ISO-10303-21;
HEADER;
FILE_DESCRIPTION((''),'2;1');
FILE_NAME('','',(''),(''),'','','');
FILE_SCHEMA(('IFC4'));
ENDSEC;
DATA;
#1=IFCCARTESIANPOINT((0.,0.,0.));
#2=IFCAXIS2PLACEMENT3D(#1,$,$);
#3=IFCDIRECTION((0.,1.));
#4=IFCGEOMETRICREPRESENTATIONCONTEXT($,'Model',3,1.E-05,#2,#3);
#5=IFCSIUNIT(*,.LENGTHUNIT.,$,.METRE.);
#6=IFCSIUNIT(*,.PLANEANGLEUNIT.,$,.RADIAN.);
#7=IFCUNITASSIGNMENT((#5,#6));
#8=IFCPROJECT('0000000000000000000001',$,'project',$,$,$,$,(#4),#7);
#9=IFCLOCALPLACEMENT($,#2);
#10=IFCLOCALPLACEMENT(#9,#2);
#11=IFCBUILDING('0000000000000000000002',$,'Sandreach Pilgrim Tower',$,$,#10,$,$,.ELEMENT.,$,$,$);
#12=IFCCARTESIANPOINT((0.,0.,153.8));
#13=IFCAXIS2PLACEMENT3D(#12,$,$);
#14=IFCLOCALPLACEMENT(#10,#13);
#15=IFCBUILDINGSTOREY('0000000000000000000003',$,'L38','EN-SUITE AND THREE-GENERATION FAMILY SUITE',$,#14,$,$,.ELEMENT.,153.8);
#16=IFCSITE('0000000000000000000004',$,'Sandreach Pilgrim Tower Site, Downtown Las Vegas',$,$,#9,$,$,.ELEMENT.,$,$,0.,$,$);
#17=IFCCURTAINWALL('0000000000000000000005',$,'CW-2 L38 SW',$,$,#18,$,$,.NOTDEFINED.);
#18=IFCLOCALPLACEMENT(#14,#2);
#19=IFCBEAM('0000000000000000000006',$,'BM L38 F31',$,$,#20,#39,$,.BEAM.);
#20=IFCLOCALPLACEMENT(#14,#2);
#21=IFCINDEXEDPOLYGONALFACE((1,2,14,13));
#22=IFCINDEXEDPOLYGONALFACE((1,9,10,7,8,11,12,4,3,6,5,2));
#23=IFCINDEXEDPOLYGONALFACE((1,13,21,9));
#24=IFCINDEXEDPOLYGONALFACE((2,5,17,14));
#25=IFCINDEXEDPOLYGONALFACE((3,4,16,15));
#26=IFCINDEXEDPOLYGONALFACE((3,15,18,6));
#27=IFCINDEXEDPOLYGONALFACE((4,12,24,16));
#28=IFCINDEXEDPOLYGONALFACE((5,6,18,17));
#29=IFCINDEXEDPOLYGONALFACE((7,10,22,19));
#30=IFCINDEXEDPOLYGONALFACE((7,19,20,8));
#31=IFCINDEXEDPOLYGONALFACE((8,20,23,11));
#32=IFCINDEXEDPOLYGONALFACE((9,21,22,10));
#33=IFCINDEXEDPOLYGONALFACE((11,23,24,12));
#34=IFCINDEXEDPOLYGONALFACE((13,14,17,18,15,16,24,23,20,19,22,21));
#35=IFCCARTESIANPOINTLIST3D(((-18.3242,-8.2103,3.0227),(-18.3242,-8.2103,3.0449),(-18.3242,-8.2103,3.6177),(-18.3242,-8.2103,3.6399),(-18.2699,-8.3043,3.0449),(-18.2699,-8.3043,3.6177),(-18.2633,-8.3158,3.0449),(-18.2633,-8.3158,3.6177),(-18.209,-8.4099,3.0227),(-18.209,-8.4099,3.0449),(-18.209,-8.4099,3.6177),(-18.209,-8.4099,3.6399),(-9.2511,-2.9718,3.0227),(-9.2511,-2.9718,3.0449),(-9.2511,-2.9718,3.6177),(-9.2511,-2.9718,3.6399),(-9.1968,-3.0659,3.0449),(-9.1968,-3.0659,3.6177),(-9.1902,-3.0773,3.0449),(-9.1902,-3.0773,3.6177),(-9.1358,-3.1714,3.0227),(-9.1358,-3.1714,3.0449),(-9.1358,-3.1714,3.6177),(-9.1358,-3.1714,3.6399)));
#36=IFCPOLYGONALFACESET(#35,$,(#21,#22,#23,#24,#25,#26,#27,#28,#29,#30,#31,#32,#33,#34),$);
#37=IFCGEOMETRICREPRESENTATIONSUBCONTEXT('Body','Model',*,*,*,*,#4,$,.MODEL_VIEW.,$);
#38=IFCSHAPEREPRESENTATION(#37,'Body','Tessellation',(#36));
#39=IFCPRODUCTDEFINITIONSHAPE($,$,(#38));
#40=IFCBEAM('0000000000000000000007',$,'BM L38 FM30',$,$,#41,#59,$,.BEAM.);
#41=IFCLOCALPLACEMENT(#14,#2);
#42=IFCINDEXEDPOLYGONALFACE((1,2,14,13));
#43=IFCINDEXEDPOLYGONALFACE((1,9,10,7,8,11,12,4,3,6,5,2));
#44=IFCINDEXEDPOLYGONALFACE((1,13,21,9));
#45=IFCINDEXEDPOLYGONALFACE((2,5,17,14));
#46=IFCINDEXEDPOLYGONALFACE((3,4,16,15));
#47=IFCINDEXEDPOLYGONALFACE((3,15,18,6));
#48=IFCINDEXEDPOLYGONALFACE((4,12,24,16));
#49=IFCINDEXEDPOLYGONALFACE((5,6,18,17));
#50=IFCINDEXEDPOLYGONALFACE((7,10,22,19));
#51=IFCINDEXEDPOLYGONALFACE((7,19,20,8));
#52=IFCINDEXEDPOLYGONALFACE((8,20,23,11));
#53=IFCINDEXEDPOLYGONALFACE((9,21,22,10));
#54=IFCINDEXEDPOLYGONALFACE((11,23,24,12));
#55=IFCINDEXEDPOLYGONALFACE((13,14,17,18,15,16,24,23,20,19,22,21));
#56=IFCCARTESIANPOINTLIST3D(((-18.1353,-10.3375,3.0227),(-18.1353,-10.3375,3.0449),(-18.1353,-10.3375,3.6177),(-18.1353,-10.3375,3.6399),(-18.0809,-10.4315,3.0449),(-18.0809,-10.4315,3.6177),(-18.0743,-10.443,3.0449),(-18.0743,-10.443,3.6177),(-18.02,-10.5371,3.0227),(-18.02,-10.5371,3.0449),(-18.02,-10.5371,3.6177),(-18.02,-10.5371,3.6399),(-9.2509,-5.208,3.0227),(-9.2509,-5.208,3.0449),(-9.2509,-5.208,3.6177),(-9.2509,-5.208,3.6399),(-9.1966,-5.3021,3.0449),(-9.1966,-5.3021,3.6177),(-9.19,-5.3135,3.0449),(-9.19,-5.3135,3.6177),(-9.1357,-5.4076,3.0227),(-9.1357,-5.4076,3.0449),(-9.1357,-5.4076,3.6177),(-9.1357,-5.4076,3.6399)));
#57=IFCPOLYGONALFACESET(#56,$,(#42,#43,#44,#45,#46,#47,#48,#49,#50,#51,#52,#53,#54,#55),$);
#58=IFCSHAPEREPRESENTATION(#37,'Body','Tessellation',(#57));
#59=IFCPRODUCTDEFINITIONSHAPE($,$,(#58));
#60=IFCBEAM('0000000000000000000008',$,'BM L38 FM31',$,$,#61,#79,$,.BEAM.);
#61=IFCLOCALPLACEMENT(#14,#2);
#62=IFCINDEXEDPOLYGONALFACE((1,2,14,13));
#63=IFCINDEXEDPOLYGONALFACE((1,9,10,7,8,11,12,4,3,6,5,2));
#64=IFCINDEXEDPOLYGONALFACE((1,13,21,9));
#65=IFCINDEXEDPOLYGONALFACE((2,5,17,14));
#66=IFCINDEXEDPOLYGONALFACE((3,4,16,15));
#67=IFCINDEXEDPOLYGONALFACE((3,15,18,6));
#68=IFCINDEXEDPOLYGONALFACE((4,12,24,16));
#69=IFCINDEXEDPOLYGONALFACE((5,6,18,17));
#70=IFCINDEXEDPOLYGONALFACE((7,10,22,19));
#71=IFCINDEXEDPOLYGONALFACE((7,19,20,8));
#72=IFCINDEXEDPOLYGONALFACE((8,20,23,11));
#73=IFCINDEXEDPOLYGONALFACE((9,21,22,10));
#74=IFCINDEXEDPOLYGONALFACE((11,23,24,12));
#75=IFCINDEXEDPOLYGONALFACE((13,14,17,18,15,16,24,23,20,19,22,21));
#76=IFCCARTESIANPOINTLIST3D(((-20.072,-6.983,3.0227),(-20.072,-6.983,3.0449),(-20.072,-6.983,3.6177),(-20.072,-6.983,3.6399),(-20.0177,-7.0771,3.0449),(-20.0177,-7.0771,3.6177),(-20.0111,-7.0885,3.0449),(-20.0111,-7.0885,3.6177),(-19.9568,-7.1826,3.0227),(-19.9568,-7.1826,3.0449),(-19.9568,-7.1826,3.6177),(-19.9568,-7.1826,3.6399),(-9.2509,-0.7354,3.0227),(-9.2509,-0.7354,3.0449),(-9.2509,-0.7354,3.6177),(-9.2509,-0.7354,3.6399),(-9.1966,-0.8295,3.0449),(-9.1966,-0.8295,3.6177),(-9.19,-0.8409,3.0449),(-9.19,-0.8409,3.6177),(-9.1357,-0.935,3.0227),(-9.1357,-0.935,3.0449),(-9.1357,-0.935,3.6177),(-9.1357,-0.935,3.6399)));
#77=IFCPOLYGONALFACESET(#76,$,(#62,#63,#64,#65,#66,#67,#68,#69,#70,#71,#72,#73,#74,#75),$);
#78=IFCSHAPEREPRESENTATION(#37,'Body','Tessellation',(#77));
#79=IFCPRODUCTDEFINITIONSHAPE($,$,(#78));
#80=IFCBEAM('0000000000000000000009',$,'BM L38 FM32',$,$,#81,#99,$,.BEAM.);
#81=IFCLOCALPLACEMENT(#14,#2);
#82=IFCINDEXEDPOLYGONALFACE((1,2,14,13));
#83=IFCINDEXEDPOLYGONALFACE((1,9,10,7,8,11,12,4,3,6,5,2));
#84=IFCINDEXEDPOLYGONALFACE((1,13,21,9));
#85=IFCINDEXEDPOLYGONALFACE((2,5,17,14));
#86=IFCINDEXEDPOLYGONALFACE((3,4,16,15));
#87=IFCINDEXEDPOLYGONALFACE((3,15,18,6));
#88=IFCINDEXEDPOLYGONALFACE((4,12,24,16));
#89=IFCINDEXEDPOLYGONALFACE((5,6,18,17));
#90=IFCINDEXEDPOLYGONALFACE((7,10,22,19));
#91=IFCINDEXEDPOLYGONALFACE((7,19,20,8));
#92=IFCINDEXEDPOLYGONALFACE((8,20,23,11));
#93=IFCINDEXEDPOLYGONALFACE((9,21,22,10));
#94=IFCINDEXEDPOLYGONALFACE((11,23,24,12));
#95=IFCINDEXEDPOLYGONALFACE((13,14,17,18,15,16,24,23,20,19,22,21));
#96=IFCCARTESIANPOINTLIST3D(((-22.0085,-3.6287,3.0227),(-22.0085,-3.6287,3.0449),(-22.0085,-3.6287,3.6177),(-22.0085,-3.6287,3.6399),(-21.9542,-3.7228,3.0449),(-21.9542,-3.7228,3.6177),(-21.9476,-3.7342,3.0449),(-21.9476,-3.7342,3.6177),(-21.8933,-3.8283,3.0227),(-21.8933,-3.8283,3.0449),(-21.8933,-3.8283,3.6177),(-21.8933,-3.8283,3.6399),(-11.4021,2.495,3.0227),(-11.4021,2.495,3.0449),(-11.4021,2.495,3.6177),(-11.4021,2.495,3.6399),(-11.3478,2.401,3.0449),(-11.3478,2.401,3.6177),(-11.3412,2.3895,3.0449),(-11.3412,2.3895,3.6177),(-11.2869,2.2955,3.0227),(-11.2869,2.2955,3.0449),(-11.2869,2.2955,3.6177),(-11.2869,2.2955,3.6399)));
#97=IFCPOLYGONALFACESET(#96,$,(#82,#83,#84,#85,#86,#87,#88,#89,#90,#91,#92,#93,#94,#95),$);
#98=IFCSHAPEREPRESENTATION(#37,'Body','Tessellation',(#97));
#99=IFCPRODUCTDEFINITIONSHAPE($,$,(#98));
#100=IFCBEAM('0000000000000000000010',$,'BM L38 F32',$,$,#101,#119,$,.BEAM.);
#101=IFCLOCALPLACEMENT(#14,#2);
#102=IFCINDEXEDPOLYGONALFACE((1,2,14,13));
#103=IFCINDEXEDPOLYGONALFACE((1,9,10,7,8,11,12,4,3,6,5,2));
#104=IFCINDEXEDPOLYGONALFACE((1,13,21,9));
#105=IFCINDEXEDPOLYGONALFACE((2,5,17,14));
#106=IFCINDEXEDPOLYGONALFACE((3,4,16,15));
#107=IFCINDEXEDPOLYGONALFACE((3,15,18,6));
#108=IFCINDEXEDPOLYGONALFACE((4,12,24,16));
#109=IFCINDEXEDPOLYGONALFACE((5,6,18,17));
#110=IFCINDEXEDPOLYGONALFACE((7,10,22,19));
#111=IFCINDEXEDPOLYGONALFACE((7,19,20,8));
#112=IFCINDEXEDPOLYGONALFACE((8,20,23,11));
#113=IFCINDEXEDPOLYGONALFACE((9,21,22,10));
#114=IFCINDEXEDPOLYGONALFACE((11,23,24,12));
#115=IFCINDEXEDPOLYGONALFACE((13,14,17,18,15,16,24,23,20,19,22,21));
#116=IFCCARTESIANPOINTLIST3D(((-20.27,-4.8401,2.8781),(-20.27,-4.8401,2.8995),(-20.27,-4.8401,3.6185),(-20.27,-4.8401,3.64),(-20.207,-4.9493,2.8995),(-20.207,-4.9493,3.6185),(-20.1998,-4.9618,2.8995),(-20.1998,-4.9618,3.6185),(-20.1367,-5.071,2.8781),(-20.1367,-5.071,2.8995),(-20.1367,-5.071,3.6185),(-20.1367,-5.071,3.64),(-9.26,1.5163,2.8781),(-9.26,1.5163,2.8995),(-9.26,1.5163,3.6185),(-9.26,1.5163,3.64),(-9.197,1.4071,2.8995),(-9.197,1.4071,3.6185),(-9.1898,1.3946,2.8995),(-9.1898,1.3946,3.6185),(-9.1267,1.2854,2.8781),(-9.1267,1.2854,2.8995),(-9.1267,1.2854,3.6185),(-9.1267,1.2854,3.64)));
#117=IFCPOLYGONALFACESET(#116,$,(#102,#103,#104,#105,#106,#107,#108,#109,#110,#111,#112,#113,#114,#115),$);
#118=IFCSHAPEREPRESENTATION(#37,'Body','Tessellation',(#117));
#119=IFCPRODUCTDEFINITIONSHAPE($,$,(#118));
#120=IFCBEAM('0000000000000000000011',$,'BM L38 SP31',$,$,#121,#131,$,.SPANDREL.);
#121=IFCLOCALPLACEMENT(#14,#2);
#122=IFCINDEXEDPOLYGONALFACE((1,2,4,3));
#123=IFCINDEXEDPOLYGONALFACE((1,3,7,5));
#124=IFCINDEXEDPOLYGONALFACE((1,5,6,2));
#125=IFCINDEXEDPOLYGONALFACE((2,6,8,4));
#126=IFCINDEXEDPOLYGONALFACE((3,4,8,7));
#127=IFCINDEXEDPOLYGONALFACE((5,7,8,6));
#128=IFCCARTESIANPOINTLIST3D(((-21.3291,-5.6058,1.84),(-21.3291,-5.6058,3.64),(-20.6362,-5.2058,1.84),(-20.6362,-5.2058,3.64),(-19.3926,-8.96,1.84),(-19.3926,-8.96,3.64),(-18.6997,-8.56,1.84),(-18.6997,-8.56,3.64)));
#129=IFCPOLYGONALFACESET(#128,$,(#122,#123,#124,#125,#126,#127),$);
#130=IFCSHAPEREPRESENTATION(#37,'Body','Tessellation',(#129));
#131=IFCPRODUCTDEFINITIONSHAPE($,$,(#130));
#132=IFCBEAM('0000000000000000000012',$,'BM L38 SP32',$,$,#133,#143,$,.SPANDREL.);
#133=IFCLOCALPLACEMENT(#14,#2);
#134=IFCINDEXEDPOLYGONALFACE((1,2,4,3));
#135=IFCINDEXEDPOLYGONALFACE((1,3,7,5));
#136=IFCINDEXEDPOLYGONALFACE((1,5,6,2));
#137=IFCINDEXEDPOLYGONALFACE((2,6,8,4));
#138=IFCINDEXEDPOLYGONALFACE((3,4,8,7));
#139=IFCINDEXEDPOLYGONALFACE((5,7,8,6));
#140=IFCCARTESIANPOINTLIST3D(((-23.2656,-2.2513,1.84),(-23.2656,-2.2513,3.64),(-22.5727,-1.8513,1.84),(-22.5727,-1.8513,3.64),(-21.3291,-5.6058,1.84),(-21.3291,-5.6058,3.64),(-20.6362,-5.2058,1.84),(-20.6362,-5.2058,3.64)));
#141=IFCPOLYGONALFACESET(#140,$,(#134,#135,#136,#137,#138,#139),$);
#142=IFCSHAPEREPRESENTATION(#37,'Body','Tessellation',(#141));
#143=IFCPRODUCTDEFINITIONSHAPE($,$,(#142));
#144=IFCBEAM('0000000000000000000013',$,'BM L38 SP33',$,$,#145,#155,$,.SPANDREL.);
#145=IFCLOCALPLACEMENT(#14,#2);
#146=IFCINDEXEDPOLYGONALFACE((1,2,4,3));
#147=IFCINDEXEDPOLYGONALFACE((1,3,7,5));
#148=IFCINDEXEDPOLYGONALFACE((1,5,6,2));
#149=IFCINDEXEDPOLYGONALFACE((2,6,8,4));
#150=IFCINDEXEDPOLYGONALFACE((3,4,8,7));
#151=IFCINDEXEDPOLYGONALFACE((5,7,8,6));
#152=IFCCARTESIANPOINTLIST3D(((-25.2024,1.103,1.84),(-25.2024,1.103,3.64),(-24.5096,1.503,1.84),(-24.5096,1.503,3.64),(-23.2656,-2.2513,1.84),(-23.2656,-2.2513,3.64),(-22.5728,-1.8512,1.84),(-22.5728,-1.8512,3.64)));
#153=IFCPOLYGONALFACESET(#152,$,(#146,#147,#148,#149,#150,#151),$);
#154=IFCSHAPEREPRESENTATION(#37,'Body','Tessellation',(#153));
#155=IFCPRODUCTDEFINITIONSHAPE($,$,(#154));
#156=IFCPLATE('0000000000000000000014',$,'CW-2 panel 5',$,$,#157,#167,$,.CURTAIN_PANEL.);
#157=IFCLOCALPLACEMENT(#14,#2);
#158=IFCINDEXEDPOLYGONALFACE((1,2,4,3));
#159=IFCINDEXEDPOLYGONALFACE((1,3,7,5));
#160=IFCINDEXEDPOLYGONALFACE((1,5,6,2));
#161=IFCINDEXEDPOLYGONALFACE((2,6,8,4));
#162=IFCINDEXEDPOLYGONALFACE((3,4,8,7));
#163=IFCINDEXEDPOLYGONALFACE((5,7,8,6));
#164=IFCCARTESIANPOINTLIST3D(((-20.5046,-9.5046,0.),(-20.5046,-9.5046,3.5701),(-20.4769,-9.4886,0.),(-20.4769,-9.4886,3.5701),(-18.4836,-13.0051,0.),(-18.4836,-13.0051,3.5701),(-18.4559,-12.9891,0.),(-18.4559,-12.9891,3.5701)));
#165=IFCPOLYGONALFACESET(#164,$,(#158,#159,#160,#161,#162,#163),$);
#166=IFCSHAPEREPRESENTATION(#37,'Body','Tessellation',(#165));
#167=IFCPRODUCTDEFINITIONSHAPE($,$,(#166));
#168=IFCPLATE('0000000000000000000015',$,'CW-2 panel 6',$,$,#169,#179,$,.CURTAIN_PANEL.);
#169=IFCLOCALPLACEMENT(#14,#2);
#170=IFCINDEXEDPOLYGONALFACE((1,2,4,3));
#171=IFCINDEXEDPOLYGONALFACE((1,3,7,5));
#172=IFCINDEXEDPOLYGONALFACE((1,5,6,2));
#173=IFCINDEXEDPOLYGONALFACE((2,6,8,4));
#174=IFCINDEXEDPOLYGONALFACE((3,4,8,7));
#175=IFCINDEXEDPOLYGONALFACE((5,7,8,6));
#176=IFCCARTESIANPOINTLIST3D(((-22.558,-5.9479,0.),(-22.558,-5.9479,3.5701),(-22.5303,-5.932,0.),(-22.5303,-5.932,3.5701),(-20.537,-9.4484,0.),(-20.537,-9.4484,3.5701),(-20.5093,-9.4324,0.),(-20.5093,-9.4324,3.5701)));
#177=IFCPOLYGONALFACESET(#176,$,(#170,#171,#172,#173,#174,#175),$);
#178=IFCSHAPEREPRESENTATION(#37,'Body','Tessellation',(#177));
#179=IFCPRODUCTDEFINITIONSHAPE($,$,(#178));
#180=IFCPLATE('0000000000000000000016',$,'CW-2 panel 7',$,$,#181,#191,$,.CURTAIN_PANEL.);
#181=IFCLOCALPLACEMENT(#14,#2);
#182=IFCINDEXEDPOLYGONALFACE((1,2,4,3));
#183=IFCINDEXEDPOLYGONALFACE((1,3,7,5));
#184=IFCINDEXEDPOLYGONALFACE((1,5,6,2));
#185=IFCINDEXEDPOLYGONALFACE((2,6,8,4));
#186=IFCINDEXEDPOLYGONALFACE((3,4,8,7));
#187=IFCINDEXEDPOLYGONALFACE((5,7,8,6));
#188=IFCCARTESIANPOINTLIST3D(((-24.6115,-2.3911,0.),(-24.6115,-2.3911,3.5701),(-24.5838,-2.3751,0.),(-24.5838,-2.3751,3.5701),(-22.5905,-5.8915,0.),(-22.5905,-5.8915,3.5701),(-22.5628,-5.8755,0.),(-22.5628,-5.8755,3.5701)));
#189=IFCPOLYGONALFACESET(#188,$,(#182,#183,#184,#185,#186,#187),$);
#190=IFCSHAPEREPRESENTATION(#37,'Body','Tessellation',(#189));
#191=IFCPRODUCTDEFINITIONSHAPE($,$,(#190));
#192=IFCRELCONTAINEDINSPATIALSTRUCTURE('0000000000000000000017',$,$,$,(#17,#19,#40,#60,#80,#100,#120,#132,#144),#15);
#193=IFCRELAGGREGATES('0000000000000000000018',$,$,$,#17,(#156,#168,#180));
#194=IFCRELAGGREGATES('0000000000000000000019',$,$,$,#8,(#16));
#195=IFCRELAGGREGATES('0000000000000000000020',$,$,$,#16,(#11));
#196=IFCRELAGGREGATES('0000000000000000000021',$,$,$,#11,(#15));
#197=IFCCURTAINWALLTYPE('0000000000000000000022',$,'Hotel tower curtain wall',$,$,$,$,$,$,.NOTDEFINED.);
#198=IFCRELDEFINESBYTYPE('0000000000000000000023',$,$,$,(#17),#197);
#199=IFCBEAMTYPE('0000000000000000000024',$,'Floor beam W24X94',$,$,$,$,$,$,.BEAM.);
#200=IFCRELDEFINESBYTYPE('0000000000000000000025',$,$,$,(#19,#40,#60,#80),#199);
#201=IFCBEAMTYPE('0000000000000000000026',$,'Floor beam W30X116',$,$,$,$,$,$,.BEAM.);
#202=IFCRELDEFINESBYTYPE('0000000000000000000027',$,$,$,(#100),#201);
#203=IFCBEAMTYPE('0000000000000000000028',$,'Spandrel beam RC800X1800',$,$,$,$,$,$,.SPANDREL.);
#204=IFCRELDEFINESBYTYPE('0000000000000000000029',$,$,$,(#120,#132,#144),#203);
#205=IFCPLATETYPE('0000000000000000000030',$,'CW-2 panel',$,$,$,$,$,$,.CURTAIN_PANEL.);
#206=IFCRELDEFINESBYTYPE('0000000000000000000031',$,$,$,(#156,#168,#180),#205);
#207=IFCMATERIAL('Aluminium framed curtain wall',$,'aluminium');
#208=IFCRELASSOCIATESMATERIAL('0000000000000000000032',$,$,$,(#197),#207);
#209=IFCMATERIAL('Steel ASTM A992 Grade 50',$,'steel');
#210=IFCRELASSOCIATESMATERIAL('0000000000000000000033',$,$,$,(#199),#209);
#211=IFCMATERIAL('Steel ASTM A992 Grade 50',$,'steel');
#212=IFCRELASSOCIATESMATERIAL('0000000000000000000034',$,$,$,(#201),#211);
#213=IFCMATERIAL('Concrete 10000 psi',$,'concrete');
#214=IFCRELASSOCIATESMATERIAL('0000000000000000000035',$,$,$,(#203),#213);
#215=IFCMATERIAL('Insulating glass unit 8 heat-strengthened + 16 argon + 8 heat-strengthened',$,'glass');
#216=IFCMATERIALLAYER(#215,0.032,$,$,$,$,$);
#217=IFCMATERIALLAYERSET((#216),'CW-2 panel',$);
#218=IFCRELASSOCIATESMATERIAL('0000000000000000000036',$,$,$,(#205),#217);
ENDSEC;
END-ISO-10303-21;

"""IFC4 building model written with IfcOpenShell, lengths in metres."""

from ifc_helpers import new_model, si_unit, direction, frame, origin, origin_2d, place, context, subcontext, project, spatial, rectangle, i_section, extrude, material, layer, layer_set, material_profile, profile_set, type_object, element, aggregate, save


model = new_model("IFC4")

# Units and contexts
model_context = context("Model", 3, precision=1e-05, world=origin(), true_north=direction((0.0, 1.0)))
body_context = subcontext(model_context, "Body", "Model", "MODEL_VIEW")
ifc_project = project(units=[si_unit("LENGTHUNIT", "METRE"), si_unit("PLANEANGLEUNIT", "RADIAN")], contexts=[model_context])

# Site, building, storey
site_placement = place(None, origin())
site = spatial("IfcSite", under=ifc_project, at=site_placement, Name="Sandreach Pilgrim Tower Site, Downtown Las Vegas", CompositionType="ELEMENT", RefElevation=0.0)
building_placement = place(site_placement, origin())
building = spatial("IfcBuilding", under=site, at=building_placement, Name="Sandreach Pilgrim Tower", CompositionType="ELEMENT")
storey_placement = place(building_placement, frame((0.0, 0.0, 153.8)))
storey = spatial("IfcBuildingStorey", under=building, at=storey_placement, Name="L38", Description="EN-SUITE AND THREE-GENERATION FAMILY SUITE", CompositionType="ELEMENT", Elevation=153.8)

# Curtain wall
ifc_material_1 = material(Name="Aluminium framed curtain wall", Category="aluminium")
curtain_wall_type = type_object("IfcCurtainWallType", Name="Hotel tower curtain wall", PredefinedType="NOTDEFINED", material=ifc_material_1)
curtain_wall_placement = place(storey_placement, origin())
curtain_wall = element("IfcCurtainWall", 1, at=curtain_wall_placement, inside=storey, type_object=curtain_wall_type, Name="CW-2 L38 SW", PredefinedType="NOTDEFINED")

# Beams
ifc_material_2 = material(Name="Steel ASTM A992 Grade 50", Category="steel")
ifc_material_profile_1 = material_profile(ifc_material_2, i_section(OverallWidth=0.2305, OverallDepth=0.6172, WebThickness=0.0132, FlangeThickness=0.0222, at=origin_2d()), Name="W24X94")
ifc_profile_set_1 = profile_set([ifc_material_profile_1], Name="Steel ASTM A992 Grade 50")
beam_type_1 = type_object("IfcBeamType", Name="Floor beam W24X94", PredefinedType="BEAM", material=ifc_profile_set_1)
beam_1_placement = place(storey_placement, frame((-18.2666, -8.3101, 3.3313), z_axis=(0.866022, 0.500006, 0.0), x_axis=(-0.500006, 0.866022, 0.0)))
element("IfcBeam", 2, at=beam_1_placement, inside=storey, type_object=beam_type_1, Name="BM L38 F31", PredefinedType="BEAM", context=body_context, shape_type="SweptSolid", body=[
    extrude(i_section(OverallWidth=0.2305, OverallDepth=0.6172, WebThickness=0.0132, FlangeThickness=0.0222, at=origin_2d()), origin(), (0.0, 0.0, 1.0), 10.4768),
])
beam_2_placement = place(storey_placement, frame((-18.0776, -10.4373, 3.3313), z_axis=(0.866023, 0.500004, 0.0), x_axis=(-0.500004, 0.866023, 0.0)))
element("IfcBeam", 3, at=beam_2_placement, inside=storey, type_object=beam_type_1, Name="BM L38 FM30", PredefinedType="BEAM", context=body_context, shape_type="SweptSolid", body=[
    extrude(i_section(OverallWidth=0.2305, OverallDepth=0.6172, WebThickness=0.0132, FlangeThickness=0.0222, at=origin_2d()), origin(), (0.0, 0.0, 1.0), 10.2588),
])
beam_3_placement = place(storey_placement, frame((-20.0144, -7.0828, 3.3313), z_axis=(0.866025, 0.500002, 0.0), x_axis=(-0.500002, 0.866025, 0.0)))
element("IfcBeam", 4, at=beam_3_placement, inside=storey, type_object=beam_type_1, Name="BM L38 FM31", PredefinedType="BEAM", context=body_context, shape_type="SweptSolid", body=[
    extrude(i_section(OverallWidth=0.2305, OverallDepth=0.6172, WebThickness=0.0132, FlangeThickness=0.0222, at=origin_2d()), origin(), (0.0, 0.0, 1.0), 12.4951),
])
beam_4_placement = place(storey_placement, frame((-21.9509, -3.7285, 3.3313), z_axis=(0.86602, 0.500009, 0.0), x_axis=(-0.500009, 0.86602, 0.0)))
element("IfcBeam", 5, at=beam_4_placement, inside=storey, type_object=beam_type_1, Name="BM L38 FM32", PredefinedType="BEAM", context=body_context, shape_type="SweptSolid", body=[
    extrude(i_section(OverallWidth=0.2305, OverallDepth=0.6172, WebThickness=0.0132, FlangeThickness=0.0222, at=origin_2d()), origin(), (0.0, 0.0, 1.0), 12.2473),
])
ifc_material_3 = material(Name="Steel ASTM A992 Grade 50", Category="steel")
ifc_material_profile_2 = material_profile(ifc_material_3, i_section(OverallWidth=0.2666, OverallDepth=0.762, WebThickness=0.0144, FlangeThickness=0.0215, at=origin_2d()), Name="W30X116")
ifc_profile_set_2 = profile_set([ifc_material_profile_2], Name="Steel ASTM A992 Grade 50")
beam_type_2 = type_object("IfcBeamType", Name="Floor beam W30X116", PredefinedType="BEAM", material=ifc_profile_set_2)
beam_5_placement = place(storey_placement, frame((-20.2034, -4.9556, 3.259), z_axis=(0.866032, 0.499989, 0.0), x_axis=(-0.499989, 0.866032, 0.0)))
element("IfcBeam", 6, at=beam_5_placement, inside=storey, type_object=beam_type_2, Name="BM L38 F32", PredefinedType="BEAM", context=body_context, shape_type="SweptSolid", body=[
    extrude(i_section(OverallWidth=0.2666, OverallDepth=0.762, WebThickness=0.0144, FlangeThickness=0.0215, at=origin_2d()), origin(), (0.0, 0.0, 1.0), 12.7131),
])
ifc_material_4 = material(Name="Concrete 10000 psi", Category="concrete")
ifc_material_profile_3 = material_profile(ifc_material_4, rectangle(XDim=0.8, YDim=1.8, at=origin_2d()), Name="RC800X1800")
ifc_profile_set_3 = profile_set([ifc_material_profile_3], Name="Concrete 10000 psi")
beam_type_3 = type_object("IfcBeamType", Name="Spandrel beam RC800X1800", PredefinedType="SPANDREL", material=ifc_profile_set_3)
beam_6_placement = place(storey_placement, frame((-19.0461, -8.76, 2.74), z_axis=(-0.49999, 0.866031, 0.0), x_axis=(-0.866031, -0.49999, 0.0)))
element("IfcBeam", 7, at=beam_6_placement, inside=storey, type_object=beam_type_3, Name="BM L38 SP31", PredefinedType="SPANDREL", context=body_context, shape_type="SweptSolid", body=[
    extrude(rectangle(XDim=0.8, YDim=1.8, at=origin_2d()), origin(), (0.0, 0.0, 1.0), 3.873),
])
for number, where, z_axis, x_axis, name in (
    (8, (-20.9827, -5.4058, 2.74), (-0.499963, 0.866047, 0.0), (-0.866047, -0.499963, 0.0), "BM L38 SP32"),
    (9, (-22.9192, -2.0513, 2.74), (-0.500037, 0.866004, 0.0), (-0.866004, -0.500037, 0.0), "BM L38 SP33"),
):
    element("IfcBeam", number, at=place(storey_placement, frame(where, z_axis=z_axis, x_axis=x_axis)), inside=storey, type_object=beam_type_3, Name=name, PredefinedType="SPANDREL", context=body_context, shape_type="SweptSolid", body=[
        extrude(rectangle(XDim=0.8, YDim=1.8, at=origin_2d()), origin(), (0.0, 0.0, 1.0), 3.8733),
    ])

# Plates
ifc_material_5 = material(Name="Insulating glass unit 8 heat-strengthened + 16 argon + 8 heat-strengthened", Category="glass")
ifc_layer_1 = layer(ifc_material_5, 0.032)
ifc_layer_set_1 = layer_set([ifc_layer_1], Name="CW-2 panel")
plate_type = type_object("IfcPlateType", Name="CW-2 panel", PredefinedType="CURTAIN_PANEL", material=ifc_layer_set_1)
plate_1_placement = place(storey_placement, frame((-19.4802, -11.2468, 0.0), z_axis=(0.0, 0.0, 1.0), x_axis=(-0.5, 0.866025, 0.0)))
plate_1 = element("IfcPlate", 10, at=plate_1_placement, type_object=plate_type, Name="CW-2 panel 5", PredefinedType="CURTAIN_PANEL", context=body_context, shape_type="SweptSolid", body=[
    extrude(rectangle(XDim=4.042, YDim=0.032, at=origin_2d()), origin(), (0.0, 0.0, 1.0), 3.5701),
])
plate_2_placement = place(storey_placement, frame((-21.5337, -7.6902, 0.0), z_axis=(0.0, 0.0, 1.0), x_axis=(-0.5, 0.866025, 0.0)))
plate_2 = element("IfcPlate", 11, at=plate_2_placement, type_object=plate_type, Name="CW-2 panel 6", PredefinedType="CURTAIN_PANEL", context=body_context, shape_type="SweptSolid", body=[
    extrude(rectangle(XDim=4.042, YDim=0.032, at=origin_2d()), origin(), (0.0, 0.0, 1.0), 3.5701),
])
plate_3_placement = place(storey_placement, frame((-23.5872, -4.1333, 0.0), z_axis=(0.0, 0.0, 1.0), x_axis=(-0.5, 0.866025, 0.0)))
plate_3 = element("IfcPlate", 12, at=plate_3_placement, type_object=plate_type, Name="CW-2 panel 7", PredefinedType="CURTAIN_PANEL", context=body_context, shape_type="SweptSolid", body=[
    extrude(rectangle(XDim=4.042, YDim=0.032, at=origin_2d()), origin(), (0.0, 0.0, 1.0), 3.5701),
])
aggregate(curtain_wall, [plate_1, plate_2, plate_3])

save(model, "model.ifc")
